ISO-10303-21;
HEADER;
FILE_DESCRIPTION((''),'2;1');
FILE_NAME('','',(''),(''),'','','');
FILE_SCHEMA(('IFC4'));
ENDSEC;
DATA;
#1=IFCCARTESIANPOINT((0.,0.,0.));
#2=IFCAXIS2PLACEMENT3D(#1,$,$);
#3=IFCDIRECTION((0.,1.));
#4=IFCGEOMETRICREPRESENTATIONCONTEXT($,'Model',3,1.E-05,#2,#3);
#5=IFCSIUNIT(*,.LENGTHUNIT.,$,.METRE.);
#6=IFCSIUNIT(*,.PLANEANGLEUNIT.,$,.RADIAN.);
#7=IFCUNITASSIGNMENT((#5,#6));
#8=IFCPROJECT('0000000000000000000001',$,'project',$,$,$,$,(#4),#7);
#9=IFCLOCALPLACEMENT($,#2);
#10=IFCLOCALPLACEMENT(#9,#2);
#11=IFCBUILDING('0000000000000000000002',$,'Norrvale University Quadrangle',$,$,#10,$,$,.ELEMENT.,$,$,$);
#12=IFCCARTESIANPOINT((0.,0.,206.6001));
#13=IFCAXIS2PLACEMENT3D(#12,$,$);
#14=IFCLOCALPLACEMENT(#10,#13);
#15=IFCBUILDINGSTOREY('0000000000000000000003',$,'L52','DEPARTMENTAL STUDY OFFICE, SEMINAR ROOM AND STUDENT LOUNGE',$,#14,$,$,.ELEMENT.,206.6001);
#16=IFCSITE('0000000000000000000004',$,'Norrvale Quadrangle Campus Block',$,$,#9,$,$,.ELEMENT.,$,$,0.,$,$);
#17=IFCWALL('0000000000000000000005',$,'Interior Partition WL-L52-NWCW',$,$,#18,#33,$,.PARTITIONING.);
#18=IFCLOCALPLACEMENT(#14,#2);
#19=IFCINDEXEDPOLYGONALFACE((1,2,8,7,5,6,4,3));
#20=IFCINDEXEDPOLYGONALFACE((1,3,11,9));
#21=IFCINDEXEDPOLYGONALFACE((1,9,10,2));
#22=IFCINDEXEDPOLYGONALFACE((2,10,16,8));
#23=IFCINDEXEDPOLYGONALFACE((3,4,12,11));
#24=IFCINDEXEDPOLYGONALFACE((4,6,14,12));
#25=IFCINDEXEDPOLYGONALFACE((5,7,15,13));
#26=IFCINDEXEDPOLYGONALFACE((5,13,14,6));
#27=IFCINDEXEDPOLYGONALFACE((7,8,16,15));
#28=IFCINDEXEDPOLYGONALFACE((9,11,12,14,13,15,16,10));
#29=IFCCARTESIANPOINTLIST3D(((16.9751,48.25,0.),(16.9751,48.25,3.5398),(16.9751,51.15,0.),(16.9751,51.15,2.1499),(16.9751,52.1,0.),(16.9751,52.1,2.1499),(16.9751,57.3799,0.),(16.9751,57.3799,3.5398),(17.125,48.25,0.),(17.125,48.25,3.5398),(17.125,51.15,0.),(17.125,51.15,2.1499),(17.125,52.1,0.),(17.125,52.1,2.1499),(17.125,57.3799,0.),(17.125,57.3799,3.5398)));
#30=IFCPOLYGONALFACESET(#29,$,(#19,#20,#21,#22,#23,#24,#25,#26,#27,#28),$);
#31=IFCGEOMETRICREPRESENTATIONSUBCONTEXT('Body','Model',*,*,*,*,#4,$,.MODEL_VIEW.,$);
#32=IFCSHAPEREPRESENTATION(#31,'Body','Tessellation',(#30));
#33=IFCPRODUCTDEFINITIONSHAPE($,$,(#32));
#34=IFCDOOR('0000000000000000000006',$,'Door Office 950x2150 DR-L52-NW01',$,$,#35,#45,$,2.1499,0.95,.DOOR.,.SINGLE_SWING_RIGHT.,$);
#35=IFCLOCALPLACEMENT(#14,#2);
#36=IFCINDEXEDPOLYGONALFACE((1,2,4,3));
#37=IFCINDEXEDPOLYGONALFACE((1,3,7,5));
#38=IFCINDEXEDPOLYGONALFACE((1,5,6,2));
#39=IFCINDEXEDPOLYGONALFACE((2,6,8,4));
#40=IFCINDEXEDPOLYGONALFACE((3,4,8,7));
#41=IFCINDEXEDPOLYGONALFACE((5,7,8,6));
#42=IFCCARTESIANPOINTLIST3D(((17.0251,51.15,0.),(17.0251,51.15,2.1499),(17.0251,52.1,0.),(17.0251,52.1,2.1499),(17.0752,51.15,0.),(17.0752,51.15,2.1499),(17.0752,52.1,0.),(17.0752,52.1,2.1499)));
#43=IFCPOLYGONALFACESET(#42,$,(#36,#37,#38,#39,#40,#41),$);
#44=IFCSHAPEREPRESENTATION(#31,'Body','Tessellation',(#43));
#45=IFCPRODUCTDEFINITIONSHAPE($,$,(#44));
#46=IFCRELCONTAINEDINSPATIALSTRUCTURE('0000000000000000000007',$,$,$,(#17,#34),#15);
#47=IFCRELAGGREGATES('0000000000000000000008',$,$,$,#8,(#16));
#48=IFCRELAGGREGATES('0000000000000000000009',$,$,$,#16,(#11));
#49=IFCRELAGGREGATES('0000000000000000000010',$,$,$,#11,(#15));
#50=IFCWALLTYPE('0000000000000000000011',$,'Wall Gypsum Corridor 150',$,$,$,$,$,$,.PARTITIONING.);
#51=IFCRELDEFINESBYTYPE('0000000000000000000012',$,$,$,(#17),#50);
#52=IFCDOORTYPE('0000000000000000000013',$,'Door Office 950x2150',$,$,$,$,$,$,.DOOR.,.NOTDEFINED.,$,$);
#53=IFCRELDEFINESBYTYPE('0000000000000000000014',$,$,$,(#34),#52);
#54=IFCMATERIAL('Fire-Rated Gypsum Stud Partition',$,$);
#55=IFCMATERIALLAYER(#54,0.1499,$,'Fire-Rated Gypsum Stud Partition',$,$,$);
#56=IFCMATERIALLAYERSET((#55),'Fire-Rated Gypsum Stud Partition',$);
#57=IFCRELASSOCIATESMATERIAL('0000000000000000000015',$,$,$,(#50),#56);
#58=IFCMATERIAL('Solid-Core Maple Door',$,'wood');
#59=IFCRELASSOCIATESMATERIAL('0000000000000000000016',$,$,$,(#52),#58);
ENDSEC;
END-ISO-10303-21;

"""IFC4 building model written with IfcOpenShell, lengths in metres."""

from ifc_helpers import new_model, si_unit, direction, frame, frame_2d, origin, place, context, subcontext, project, spatial, rectangle, extrude, material, layer, layer_set, type_object, element, fill, save


model = new_model("IFC4")

# Units and contexts
model_context = context("Model", 3, precision=1e-05, world=origin(), true_north=direction((0.0, 1.0)))
body_context = subcontext(model_context, "Body", "Model", "MODEL_VIEW")
ifc_project = project(units=[si_unit("LENGTHUNIT", "METRE"), si_unit("PLANEANGLEUNIT", "RADIAN")], contexts=[model_context])

# Site, building, storey
site_placement = place(None, origin())
site = spatial("IfcSite", under=ifc_project, at=site_placement, Name="Norrvale Quadrangle Campus Block", CompositionType="ELEMENT", RefElevation=0.0)
building_placement = place(site_placement, origin())
building = spatial("IfcBuilding", under=site, at=building_placement, Name="Norrvale University Quadrangle", CompositionType="ELEMENT")
storey_placement = place(building_placement, frame((0.0, 0.0, 206.6001)))
storey = spatial("IfcBuildingStorey", under=building, at=storey_placement, Name="L52", Description="DEPARTMENTAL STUDY OFFICE, SEMINAR ROOM AND STUDENT LOUNGE", CompositionType="ELEMENT", Elevation=206.6001)

# Shared definitions
ifc_material_1 = material(Name="Fire-Rated Gypsum Stud Partition")
ifc_layer_1 = layer(ifc_material_1, 0.1499, Name="Fire-Rated Gypsum Stud Partition")
ifc_layer_set_1 = layer_set([ifc_layer_1], Name="Fire-Rated Gypsum Stud Partition")
wall_type_1 = type_object("IfcWallType", Name="Wall Gypsum Corridor 150", PredefinedType="PARTITIONING", material=ifc_layer_set_1)

# Shared definitions
ifc_material_2 = material(Name="Solid-Core Maple Door", Category="wood")
door_type = type_object("IfcDoorType", Name="Door Office 950x2150", OperationType="NOTDEFINED", PredefinedType="DOOR", material=ifc_material_2)

# Wall, opening, door
wall_1_placement = place(storey_placement, frame((17.05, 48.25, 0.0), z_axis=(0.0, 0.0, 1.0), x_axis=(0.0, 1.0, 0.0)))
wall_1 = element("IfcWall", 1, at=wall_1_placement, inside=storey, type_object=wall_type_1, Name="Interior Partition WL-L52-NWCW", PredefinedType="PARTITIONING", context=body_context, shape_type="SweptSolid", body=[
    extrude(rectangle(XDim=9.1299, YDim=0.1499, at=frame_2d((4.5649, 0.0))), origin(), (0.0, 0.0, 1.0), 3.5398),
])
opening_1_placement = place(wall_1_placement, frame((2.8999, 0.0, 0.0)))
opening_1 = element("IfcOpeningElement", 2, at=opening_1_placement, cuts=wall_1, PredefinedType="OPENING", context=body_context, shape_type="SweptSolid", body=[
    extrude(rectangle(XDim=0.95, YDim=2.1499, at=frame_2d((0.4751, 1.075))), frame((0.0, 0.0869, 0.0), z_axis=(0.0, -1.0, 0.0), x_axis=(1.0, 0.0, 0.0)), (0.0, 0.0, 1.0), 0.1738),
])
door_1_placement = place(opening_1_placement, origin())
door_1 = element("IfcDoor", 3, at=door_1_placement, inside=storey, type_object=door_type, Name="Door Office 950x2150 DR-L52-NW01", OperationType="SINGLE_SWING_RIGHT", OverallHeight=2.1499, OverallWidth=0.95, PredefinedType="DOOR", context=body_context, shape_type="SweptSolid", body=[
    extrude(rectangle(XDim=0.95, YDim=2.1499, at=frame_2d((0.4751, 1.075))), frame((0.0, 0.0249, 0.0), z_axis=(0.0, -1.0, 0.0), x_axis=(1.0, 0.0, 0.0)), (0.0, 0.0, 1.0), 0.05),
])
fill(opening_1, door_1)

save(model, "model.ifc")
